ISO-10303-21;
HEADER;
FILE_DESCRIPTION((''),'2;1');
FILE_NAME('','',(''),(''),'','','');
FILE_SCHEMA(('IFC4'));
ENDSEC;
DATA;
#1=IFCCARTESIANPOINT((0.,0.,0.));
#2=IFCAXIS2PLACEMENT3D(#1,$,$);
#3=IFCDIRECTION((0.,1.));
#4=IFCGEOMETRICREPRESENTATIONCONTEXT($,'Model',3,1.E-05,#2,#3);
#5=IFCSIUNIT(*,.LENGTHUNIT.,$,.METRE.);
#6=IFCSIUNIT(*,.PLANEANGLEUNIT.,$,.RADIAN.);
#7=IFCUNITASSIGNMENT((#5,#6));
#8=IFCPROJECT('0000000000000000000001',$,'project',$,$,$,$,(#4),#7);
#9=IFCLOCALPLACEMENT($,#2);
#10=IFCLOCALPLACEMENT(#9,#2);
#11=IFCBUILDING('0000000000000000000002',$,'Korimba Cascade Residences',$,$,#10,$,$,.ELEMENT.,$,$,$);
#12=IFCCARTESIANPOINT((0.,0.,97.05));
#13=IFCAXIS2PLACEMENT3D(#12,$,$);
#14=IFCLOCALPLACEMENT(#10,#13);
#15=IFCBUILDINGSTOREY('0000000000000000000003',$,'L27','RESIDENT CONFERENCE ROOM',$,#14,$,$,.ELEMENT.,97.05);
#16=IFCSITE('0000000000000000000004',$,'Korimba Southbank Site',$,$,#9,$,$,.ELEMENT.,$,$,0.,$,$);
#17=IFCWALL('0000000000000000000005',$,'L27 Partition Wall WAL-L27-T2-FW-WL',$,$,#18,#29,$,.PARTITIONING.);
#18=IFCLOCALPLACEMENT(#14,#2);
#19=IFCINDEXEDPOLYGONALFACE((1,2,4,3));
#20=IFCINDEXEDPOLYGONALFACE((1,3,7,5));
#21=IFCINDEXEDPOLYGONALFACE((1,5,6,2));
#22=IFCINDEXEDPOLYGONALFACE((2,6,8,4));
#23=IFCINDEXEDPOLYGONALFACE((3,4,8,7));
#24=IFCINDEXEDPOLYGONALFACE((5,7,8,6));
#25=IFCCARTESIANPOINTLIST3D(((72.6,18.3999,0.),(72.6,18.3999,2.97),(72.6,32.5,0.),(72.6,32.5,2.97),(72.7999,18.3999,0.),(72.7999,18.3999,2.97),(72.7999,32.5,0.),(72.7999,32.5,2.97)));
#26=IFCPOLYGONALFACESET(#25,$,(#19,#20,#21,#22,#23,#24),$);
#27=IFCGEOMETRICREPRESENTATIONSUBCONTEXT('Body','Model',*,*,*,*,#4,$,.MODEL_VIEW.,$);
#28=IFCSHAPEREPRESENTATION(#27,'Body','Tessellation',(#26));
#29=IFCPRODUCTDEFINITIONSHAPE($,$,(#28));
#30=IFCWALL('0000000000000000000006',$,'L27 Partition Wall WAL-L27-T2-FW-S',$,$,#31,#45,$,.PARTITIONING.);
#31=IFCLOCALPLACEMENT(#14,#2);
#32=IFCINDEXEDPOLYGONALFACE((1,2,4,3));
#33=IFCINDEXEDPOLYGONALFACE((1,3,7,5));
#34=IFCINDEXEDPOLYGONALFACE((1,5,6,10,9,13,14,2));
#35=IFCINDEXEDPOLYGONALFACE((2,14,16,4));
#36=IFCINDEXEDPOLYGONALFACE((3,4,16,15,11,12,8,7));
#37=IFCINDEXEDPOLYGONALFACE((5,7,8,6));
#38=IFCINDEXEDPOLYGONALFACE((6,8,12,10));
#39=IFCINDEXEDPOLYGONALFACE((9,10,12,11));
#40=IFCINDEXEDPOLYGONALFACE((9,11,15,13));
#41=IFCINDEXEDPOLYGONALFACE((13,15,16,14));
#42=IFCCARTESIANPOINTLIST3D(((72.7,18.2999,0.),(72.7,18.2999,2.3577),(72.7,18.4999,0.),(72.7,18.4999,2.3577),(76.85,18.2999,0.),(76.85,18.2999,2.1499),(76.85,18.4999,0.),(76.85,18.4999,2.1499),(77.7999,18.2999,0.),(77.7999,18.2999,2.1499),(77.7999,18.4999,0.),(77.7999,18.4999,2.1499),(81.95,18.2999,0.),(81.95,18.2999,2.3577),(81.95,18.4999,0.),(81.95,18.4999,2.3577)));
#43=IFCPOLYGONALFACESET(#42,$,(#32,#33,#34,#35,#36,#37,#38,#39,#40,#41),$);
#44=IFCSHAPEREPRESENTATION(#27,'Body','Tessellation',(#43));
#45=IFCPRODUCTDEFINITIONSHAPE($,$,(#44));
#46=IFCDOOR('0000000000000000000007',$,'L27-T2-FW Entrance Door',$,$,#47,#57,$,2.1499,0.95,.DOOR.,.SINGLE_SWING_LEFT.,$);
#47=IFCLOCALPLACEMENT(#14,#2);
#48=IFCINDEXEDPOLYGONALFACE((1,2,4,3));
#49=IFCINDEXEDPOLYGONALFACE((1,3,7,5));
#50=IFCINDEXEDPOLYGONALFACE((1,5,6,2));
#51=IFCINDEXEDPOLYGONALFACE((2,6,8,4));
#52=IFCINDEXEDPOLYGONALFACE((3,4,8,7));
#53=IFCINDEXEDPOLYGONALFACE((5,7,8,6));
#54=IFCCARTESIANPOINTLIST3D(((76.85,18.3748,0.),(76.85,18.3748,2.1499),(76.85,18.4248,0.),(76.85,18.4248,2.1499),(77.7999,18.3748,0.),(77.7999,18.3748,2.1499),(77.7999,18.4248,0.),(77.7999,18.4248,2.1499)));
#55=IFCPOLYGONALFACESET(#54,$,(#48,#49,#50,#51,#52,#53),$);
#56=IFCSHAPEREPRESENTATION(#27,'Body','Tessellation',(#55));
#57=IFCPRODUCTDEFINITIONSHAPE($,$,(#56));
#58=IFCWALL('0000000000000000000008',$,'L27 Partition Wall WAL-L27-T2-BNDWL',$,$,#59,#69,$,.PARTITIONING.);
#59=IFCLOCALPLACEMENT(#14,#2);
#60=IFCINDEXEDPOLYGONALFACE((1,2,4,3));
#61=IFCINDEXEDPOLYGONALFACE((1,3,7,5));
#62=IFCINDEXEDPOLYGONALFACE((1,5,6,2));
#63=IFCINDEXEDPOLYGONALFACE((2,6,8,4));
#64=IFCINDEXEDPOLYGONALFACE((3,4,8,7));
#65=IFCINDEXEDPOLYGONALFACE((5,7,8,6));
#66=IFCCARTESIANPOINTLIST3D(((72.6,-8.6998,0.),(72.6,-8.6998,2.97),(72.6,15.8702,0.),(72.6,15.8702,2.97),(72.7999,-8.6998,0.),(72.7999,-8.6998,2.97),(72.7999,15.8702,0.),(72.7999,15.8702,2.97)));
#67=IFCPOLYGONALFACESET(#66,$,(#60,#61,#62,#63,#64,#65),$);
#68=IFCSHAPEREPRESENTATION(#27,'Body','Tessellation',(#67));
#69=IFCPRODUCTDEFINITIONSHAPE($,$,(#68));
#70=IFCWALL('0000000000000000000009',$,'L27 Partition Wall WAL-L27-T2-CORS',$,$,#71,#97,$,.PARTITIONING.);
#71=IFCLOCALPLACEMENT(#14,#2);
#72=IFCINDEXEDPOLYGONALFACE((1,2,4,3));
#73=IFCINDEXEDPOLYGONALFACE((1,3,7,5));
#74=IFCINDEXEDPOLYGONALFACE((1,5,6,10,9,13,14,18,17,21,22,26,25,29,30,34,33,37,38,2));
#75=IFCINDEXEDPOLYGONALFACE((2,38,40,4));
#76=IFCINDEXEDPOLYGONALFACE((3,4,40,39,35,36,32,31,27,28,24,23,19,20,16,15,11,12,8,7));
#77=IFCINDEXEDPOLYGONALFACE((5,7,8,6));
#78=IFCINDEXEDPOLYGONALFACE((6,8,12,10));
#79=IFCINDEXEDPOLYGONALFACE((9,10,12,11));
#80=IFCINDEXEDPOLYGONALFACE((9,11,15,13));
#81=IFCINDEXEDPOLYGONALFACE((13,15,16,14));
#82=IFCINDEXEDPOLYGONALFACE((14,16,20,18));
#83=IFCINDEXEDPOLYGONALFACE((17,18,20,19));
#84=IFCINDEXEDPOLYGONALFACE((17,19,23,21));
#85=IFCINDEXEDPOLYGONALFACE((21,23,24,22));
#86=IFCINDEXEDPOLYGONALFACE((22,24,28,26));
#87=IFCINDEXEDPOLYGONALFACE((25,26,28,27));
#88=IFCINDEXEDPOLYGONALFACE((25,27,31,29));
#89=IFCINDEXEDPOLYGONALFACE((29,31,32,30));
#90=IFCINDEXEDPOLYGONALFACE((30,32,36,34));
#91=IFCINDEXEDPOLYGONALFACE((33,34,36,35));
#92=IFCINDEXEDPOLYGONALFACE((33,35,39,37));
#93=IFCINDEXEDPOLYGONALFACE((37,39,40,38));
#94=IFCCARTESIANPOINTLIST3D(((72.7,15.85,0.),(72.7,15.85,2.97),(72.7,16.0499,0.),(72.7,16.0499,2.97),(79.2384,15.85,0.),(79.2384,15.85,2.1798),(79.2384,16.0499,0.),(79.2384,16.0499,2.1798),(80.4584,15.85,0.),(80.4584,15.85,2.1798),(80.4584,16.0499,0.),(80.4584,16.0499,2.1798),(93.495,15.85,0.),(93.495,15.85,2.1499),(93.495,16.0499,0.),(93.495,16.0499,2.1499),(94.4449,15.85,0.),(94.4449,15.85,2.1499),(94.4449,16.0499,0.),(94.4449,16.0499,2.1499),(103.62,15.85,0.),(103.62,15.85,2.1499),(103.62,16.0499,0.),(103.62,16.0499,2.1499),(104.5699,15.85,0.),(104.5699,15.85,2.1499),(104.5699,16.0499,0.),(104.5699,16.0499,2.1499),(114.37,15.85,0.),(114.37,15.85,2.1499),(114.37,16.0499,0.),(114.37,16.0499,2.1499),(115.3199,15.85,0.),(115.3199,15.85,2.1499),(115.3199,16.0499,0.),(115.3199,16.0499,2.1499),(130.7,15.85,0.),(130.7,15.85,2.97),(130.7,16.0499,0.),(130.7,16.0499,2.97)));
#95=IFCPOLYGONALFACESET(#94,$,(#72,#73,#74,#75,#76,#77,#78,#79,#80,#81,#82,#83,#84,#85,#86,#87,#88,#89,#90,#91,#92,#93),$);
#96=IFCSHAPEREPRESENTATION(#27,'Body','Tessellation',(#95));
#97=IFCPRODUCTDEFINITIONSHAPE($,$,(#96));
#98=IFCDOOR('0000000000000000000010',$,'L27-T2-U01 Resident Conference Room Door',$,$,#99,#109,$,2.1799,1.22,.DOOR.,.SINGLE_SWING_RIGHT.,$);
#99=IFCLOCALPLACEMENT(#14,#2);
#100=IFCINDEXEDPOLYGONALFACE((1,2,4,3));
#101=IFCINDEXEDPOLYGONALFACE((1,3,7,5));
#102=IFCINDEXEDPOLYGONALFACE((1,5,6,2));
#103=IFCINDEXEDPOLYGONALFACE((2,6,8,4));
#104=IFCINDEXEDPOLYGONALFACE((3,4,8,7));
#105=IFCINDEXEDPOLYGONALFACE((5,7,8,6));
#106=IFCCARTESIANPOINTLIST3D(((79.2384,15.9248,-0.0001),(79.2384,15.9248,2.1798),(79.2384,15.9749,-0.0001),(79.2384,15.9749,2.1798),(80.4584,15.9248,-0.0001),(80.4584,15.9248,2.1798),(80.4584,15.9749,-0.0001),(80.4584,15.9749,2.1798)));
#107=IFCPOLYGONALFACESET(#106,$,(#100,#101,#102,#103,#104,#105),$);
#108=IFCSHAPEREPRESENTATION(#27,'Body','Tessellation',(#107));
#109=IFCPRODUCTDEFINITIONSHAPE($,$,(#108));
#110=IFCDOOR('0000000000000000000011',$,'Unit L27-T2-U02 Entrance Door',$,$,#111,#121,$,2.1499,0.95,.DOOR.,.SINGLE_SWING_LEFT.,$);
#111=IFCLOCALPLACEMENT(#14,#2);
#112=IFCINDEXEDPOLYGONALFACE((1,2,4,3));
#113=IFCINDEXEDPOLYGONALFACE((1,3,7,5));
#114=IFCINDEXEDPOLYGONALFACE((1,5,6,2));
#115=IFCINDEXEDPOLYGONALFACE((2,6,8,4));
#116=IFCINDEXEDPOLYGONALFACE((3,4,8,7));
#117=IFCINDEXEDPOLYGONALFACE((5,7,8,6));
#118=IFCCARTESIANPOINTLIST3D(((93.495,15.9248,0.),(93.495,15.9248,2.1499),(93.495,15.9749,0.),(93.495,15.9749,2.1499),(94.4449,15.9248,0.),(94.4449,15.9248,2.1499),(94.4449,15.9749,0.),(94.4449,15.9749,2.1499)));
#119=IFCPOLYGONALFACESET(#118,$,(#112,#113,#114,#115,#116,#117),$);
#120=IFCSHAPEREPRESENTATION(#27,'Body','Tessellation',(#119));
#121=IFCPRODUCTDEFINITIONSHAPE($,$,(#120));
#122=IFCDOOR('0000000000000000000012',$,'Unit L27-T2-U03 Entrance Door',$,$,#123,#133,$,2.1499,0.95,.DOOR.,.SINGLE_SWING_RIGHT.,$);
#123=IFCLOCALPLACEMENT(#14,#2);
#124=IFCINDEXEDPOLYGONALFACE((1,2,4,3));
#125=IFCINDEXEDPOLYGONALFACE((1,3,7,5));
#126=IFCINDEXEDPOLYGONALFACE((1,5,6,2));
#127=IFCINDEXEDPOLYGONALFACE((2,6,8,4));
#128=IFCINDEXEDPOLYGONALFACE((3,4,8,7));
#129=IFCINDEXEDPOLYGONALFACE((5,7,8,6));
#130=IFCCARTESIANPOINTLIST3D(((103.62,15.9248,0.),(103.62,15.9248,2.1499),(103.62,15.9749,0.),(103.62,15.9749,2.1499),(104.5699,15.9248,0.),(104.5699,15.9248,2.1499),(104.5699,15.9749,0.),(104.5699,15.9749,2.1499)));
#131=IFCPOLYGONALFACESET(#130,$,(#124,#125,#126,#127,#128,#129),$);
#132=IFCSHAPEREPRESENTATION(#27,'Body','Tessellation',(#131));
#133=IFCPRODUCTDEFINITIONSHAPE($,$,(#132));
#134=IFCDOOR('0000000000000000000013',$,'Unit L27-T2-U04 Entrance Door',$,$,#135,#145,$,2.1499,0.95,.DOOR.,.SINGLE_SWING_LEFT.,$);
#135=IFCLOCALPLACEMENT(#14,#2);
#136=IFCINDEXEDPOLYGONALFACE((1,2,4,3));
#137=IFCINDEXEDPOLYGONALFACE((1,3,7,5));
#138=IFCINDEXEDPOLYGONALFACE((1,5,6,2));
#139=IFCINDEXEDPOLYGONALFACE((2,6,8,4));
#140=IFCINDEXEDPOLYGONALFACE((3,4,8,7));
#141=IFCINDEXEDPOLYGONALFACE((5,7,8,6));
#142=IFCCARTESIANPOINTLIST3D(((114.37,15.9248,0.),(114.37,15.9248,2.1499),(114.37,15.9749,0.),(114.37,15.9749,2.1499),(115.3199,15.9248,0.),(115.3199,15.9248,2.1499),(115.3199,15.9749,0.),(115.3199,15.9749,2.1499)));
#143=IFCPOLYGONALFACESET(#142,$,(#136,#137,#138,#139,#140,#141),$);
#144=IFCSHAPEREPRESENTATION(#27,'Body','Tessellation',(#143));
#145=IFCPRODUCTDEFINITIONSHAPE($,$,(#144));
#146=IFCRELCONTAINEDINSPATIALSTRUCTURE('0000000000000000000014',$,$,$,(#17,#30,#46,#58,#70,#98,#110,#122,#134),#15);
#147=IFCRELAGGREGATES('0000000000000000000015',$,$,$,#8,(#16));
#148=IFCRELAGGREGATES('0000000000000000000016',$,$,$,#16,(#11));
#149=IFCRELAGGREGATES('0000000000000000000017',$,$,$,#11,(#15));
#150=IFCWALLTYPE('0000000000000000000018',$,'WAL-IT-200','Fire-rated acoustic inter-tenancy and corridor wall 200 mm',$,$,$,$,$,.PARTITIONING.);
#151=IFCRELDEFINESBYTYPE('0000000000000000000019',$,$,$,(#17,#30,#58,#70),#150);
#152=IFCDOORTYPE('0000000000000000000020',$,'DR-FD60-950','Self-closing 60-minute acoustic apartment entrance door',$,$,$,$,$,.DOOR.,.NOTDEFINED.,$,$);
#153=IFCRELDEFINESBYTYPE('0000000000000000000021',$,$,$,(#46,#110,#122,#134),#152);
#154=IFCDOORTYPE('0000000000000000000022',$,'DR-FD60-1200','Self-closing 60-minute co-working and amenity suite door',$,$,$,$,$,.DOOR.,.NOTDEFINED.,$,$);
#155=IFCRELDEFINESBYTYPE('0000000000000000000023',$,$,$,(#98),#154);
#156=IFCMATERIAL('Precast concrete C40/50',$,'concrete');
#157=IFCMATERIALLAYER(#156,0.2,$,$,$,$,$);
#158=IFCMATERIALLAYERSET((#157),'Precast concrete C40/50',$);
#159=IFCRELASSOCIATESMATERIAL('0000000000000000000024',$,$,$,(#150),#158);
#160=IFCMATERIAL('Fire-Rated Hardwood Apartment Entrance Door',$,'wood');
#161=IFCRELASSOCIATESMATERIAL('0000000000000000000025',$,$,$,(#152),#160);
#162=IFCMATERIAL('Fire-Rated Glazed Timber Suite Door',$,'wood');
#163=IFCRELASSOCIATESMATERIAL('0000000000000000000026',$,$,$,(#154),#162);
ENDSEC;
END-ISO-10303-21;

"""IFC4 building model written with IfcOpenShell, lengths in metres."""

from ifc_helpers import new_model, si_unit, direction, frame, frame_2d, origin, place, context, subcontext, project, spatial, rectangle, extrude, material, layer, layer_set, type_object, element, fill, save


model = new_model("IFC4")

# Units and contexts
model_context = context("Model", 3, precision=1e-05, world=origin(), true_north=direction((0.0, 1.0)))
body_context = subcontext(model_context, "Body", "Model", "MODEL_VIEW")
ifc_project = project(units=[si_unit("LENGTHUNIT", "METRE"), si_unit("PLANEANGLEUNIT", "RADIAN")], contexts=[model_context])

# Site, building, storey
site_placement = place(None, origin())
site = spatial("IfcSite", under=ifc_project, at=site_placement, Name="Korimba Southbank Site", CompositionType="ELEMENT", RefElevation=0.0)
building_placement = place(site_placement, origin())
building = spatial("IfcBuilding", under=site, at=building_placement, Name="Korimba Cascade Residences", CompositionType="ELEMENT")
storey_placement = place(building_placement, frame((0.0, 0.0, 97.05)))
storey = spatial("IfcBuildingStorey", under=building, at=storey_placement, Name="L27", Description="RESIDENT CONFERENCE ROOM", CompositionType="ELEMENT", Elevation=97.05)

# Shared definitions
ifc_material_1 = material(Name="Precast concrete C40/50", Category="concrete")

# Wall
ifc_layer_1 = layer(ifc_material_1, 0.2)
ifc_layer_set_1 = layer_set([ifc_layer_1], Name="Precast concrete C40/50")
wall_type_1 = type_object("IfcWallType", Name="WAL-IT-200", Description="Fire-rated acoustic inter-tenancy and corridor wall 200 mm", PredefinedType="PARTITIONING", material=ifc_layer_set_1)
wall_1_placement = place(storey_placement, frame((72.7, 18.3999, 0.0), z_axis=(0.0, 0.0, 1.0), x_axis=(0.0, 1.0, 0.0)))
element("IfcWall", 1, at=wall_1_placement, inside=storey, type_object=wall_type_1, Name="L27 Partition Wall WAL-L27-T2-FW-WL", PredefinedType="PARTITIONING", context=body_context, shape_type="SweptSolid", body=[
    extrude(rectangle(XDim=14.1001, YDim=0.2, at=frame_2d((7.05, 0.0))), origin(), (0.0, 0.0, 1.0), 2.97),
])

# Wall, opening, door
wall_2_placement = place(storey_placement, frame((72.7, 18.3999, 0.0), z_axis=(0.0, 0.0, 1.0), x_axis=(1.0, 0.0, 0.0)))
wall_2 = element("IfcWall", 2, at=wall_2_placement, inside=storey, type_object=wall_type_1, Name="L27 Partition Wall WAL-L27-T2-FW-S", PredefinedType="PARTITIONING", context=body_context, shape_type="SweptSolid", body=[
    extrude(rectangle(XDim=9.25, YDim=0.2, at=frame_2d((4.625, 0.0))), origin(), (0.0, 0.0, 1.0), 2.3577),
])
opening_1_placement = place(wall_2_placement, frame((4.1499, 0.0, 0.0)))
opening_1 = element("IfcOpeningElement", 3, at=opening_1_placement, cuts=wall_2, PredefinedType="OPENING", context=body_context, shape_type="SweptSolid", body=[
    extrude(rectangle(XDim=0.95, YDim=2.1499, at=frame_2d((0.4751, 1.075))), frame((0.0, 0.1099, 0.0), z_axis=(0.0, -1.0, 0.0), x_axis=(1.0, 0.0, 0.0)), (0.0, 0.0, 1.0), 0.22),
])
ifc_material_2 = material(Name="Fire-Rated Hardwood Apartment Entrance Door", Category="wood")
door_type_1 = type_object("IfcDoorType", Name="DR-FD60-950", Description="Self-closing 60-minute acoustic apartment entrance door", OperationType="NOTDEFINED", PredefinedType="DOOR", material=ifc_material_2)
door_1_placement = place(opening_1_placement, origin())
door_1 = element("IfcDoor", 4, at=door_1_placement, inside=storey, type_object=door_type_1, Name="L27-T2-FW Entrance Door", OperationType="SINGLE_SWING_LEFT", OverallHeight=2.1499, OverallWidth=0.95, PredefinedType="DOOR", context=body_context, shape_type="SweptSolid", body=[
    extrude(rectangle(XDim=0.95, YDim=2.1499, at=frame_2d((0.4751, 1.075))), frame((0.0, 0.0249, 0.0), z_axis=(0.0, -1.0, 0.0), x_axis=(1.0, 0.0, 0.0)), (0.0, 0.0, 1.0), 0.05),
])
fill(opening_1, door_1)

# Wall
wall_3_placement = place(storey_placement, frame((72.7, -8.7, 0.0), z_axis=(0.0, 0.0, 1.0), x_axis=(0.0, 1.0, 0.0)))
element("IfcWall", 5, at=wall_3_placement, inside=storey, type_object=wall_type_1, Name="L27 Partition Wall WAL-L27-T2-BNDWL", PredefinedType="PARTITIONING", context=body_context, shape_type="SweptSolid", body=[
    extrude(rectangle(XDim=24.5701, YDim=0.2, at=frame_2d((12.2852, 0.0))), origin(), (0.0, 0.0, 1.0), 2.97),
])

# Wall, openings, doors
wall_4_placement = place(storey_placement, frame((72.7, 15.95, 0.0), z_axis=(0.0, 0.0, 1.0), x_axis=(1.0, 0.0, 0.0)))
wall_4 = element("IfcWall", 6, at=wall_4_placement, inside=storey, type_object=wall_type_1, Name="L27 Partition Wall WAL-L27-T2-CORS", PredefinedType="PARTITIONING", context=body_context, shape_type="SweptSolid", body=[
    extrude(rectangle(XDim=58.0, YDim=0.2, at=frame_2d((29.0, 0.0))), origin(), (0.0, 0.0, 1.0), 2.97),
])
opening_2_placement = place(wall_4_placement, frame((6.5386, 0.0, 0.0)))
opening_2 = element("IfcOpeningElement", 7, at=opening_2_placement, cuts=wall_4, PredefinedType="OPENING", context=body_context, shape_type="SweptSolid", body=[
    extrude(rectangle(XDim=1.22, YDim=2.1799, at=frame_2d((0.6099, 1.0898))), frame((0.0, 0.1099, 0.0), z_axis=(0.0, -1.0, 0.0), x_axis=(1.0, 0.0, 0.0)), (0.0, 0.0, 1.0), 0.22),
])
opening_3_placement = place(wall_4_placement, frame((20.7949, 0.0, 0.0)))
opening_3 = element("IfcOpeningElement", 8, at=opening_3_placement, cuts=wall_4, PredefinedType="OPENING", context=body_context, shape_type="SweptSolid", body=[
    extrude(rectangle(XDim=0.95, YDim=2.1499, at=frame_2d((0.4751, 1.075))), frame((0.0, 0.1099, 0.0), z_axis=(0.0, -1.0, 0.0), x_axis=(1.0, 0.0, 0.0)), (0.0, 0.0, 1.0), 0.22),
])
opening_4_placement = place(wall_4_placement, frame((30.9199, 0.0, 0.0)))
opening_4 = element("IfcOpeningElement", 9, at=opening_4_placement, cuts=wall_4, PredefinedType="OPENING", context=body_context, shape_type="SweptSolid", body=[
    extrude(rectangle(XDim=0.95, YDim=2.1499, at=frame_2d((0.4751, 1.075))), frame((0.0, 0.1099, 0.0), z_axis=(0.0, -1.0, 0.0), x_axis=(1.0, 0.0, 0.0)), (0.0, 0.0, 1.0), 0.22),
])
opening_5_placement = place(wall_4_placement, frame((41.6699, 0.0, 0.0)))
opening_5 = element("IfcOpeningElement", 10, at=opening_5_placement, cuts=wall_4, PredefinedType="OPENING", context=body_context, shape_type="SweptSolid", body=[
    extrude(rectangle(XDim=0.95, YDim=2.1499, at=frame_2d((0.4751, 1.075))), frame((0.0, 0.1099, 0.0), z_axis=(0.0, -1.0, 0.0), x_axis=(1.0, 0.0, 0.0)), (0.0, 0.0, 1.0), 0.22),
])
ifc_material_3 = material(Name="Fire-Rated Glazed Timber Suite Door", Category="wood")
door_type_2 = type_object("IfcDoorType", Name="DR-FD60-1200", Description="Self-closing 60-minute co-working and amenity suite door", OperationType="NOTDEFINED", PredefinedType="DOOR", material=ifc_material_3)
door_2_placement = place(opening_2_placement, origin())
door_2 = element("IfcDoor", 11, at=door_2_placement, inside=storey, type_object=door_type_2, Name="L27-T2-U01 Resident Conference Room Door", OperationType="SINGLE_SWING_RIGHT", OverallHeight=2.1799, OverallWidth=1.22, PredefinedType="DOOR", context=body_context, shape_type="SweptSolid", body=[
    extrude(rectangle(XDim=1.22, YDim=2.1799, at=frame_2d((0.6099, 1.0898))), frame((0.0, 0.0249, 0.0), z_axis=(0.0, -1.0, 0.0), x_axis=(1.0, 0.0, 0.0)), (0.0, 0.0, 1.0), 0.05),
])
fill(opening_2, door_2)
door_3_placement = place(opening_3_placement, origin())
door_3 = element("IfcDoor", 12, at=door_3_placement, inside=storey, type_object=door_type_1, Name="Unit L27-T2-U02 Entrance Door", OperationType="SINGLE_SWING_LEFT", OverallHeight=2.1499, OverallWidth=0.95, PredefinedType="DOOR", context=body_context, shape_type="SweptSolid", body=[
    extrude(rectangle(XDim=0.95, YDim=2.1499, at=frame_2d((0.4751, 1.075))), frame((0.0, 0.0249, 0.0), z_axis=(0.0, -1.0, 0.0), x_axis=(1.0, 0.0, 0.0)), (0.0, 0.0, 1.0), 0.05),
])
fill(opening_3, door_3)
door_4_placement = place(opening_4_placement, origin())
door_4 = element("IfcDoor", 13, at=door_4_placement, inside=storey, type_object=door_type_1, Name="Unit L27-T2-U03 Entrance Door", OperationType="SINGLE_SWING_RIGHT", OverallHeight=2.1499, OverallWidth=0.95, PredefinedType="DOOR", context=body_context, shape_type="SweptSolid", body=[
    extrude(rectangle(XDim=0.95, YDim=2.1499, at=frame_2d((0.4751, 1.075))), frame((0.0, 0.0249, 0.0), z_axis=(0.0, -1.0, 0.0), x_axis=(1.0, 0.0, 0.0)), (0.0, 0.0, 1.0), 0.05),
])
fill(opening_4, door_4)
door_5_placement = place(opening_5_placement, origin())
door_5 = element("IfcDoor", 14, at=door_5_placement, inside=storey, type_object=door_type_1, Name="Unit L27-T2-U04 Entrance Door", OperationType="SINGLE_SWING_LEFT", OverallHeight=2.1499, OverallWidth=0.95, PredefinedType="DOOR", context=body_context, shape_type="SweptSolid", body=[
    extrude(rectangle(XDim=0.95, YDim=2.1499, at=frame_2d((0.4751, 1.075))), frame((0.0, 0.0249, 0.0), z_axis=(0.0, -1.0, 0.0), x_axis=(1.0, 0.0, 0.0)), (0.0, 0.0, 1.0), 0.05),
])
fill(opening_5, door_5)

save(model, "model.ifc")
